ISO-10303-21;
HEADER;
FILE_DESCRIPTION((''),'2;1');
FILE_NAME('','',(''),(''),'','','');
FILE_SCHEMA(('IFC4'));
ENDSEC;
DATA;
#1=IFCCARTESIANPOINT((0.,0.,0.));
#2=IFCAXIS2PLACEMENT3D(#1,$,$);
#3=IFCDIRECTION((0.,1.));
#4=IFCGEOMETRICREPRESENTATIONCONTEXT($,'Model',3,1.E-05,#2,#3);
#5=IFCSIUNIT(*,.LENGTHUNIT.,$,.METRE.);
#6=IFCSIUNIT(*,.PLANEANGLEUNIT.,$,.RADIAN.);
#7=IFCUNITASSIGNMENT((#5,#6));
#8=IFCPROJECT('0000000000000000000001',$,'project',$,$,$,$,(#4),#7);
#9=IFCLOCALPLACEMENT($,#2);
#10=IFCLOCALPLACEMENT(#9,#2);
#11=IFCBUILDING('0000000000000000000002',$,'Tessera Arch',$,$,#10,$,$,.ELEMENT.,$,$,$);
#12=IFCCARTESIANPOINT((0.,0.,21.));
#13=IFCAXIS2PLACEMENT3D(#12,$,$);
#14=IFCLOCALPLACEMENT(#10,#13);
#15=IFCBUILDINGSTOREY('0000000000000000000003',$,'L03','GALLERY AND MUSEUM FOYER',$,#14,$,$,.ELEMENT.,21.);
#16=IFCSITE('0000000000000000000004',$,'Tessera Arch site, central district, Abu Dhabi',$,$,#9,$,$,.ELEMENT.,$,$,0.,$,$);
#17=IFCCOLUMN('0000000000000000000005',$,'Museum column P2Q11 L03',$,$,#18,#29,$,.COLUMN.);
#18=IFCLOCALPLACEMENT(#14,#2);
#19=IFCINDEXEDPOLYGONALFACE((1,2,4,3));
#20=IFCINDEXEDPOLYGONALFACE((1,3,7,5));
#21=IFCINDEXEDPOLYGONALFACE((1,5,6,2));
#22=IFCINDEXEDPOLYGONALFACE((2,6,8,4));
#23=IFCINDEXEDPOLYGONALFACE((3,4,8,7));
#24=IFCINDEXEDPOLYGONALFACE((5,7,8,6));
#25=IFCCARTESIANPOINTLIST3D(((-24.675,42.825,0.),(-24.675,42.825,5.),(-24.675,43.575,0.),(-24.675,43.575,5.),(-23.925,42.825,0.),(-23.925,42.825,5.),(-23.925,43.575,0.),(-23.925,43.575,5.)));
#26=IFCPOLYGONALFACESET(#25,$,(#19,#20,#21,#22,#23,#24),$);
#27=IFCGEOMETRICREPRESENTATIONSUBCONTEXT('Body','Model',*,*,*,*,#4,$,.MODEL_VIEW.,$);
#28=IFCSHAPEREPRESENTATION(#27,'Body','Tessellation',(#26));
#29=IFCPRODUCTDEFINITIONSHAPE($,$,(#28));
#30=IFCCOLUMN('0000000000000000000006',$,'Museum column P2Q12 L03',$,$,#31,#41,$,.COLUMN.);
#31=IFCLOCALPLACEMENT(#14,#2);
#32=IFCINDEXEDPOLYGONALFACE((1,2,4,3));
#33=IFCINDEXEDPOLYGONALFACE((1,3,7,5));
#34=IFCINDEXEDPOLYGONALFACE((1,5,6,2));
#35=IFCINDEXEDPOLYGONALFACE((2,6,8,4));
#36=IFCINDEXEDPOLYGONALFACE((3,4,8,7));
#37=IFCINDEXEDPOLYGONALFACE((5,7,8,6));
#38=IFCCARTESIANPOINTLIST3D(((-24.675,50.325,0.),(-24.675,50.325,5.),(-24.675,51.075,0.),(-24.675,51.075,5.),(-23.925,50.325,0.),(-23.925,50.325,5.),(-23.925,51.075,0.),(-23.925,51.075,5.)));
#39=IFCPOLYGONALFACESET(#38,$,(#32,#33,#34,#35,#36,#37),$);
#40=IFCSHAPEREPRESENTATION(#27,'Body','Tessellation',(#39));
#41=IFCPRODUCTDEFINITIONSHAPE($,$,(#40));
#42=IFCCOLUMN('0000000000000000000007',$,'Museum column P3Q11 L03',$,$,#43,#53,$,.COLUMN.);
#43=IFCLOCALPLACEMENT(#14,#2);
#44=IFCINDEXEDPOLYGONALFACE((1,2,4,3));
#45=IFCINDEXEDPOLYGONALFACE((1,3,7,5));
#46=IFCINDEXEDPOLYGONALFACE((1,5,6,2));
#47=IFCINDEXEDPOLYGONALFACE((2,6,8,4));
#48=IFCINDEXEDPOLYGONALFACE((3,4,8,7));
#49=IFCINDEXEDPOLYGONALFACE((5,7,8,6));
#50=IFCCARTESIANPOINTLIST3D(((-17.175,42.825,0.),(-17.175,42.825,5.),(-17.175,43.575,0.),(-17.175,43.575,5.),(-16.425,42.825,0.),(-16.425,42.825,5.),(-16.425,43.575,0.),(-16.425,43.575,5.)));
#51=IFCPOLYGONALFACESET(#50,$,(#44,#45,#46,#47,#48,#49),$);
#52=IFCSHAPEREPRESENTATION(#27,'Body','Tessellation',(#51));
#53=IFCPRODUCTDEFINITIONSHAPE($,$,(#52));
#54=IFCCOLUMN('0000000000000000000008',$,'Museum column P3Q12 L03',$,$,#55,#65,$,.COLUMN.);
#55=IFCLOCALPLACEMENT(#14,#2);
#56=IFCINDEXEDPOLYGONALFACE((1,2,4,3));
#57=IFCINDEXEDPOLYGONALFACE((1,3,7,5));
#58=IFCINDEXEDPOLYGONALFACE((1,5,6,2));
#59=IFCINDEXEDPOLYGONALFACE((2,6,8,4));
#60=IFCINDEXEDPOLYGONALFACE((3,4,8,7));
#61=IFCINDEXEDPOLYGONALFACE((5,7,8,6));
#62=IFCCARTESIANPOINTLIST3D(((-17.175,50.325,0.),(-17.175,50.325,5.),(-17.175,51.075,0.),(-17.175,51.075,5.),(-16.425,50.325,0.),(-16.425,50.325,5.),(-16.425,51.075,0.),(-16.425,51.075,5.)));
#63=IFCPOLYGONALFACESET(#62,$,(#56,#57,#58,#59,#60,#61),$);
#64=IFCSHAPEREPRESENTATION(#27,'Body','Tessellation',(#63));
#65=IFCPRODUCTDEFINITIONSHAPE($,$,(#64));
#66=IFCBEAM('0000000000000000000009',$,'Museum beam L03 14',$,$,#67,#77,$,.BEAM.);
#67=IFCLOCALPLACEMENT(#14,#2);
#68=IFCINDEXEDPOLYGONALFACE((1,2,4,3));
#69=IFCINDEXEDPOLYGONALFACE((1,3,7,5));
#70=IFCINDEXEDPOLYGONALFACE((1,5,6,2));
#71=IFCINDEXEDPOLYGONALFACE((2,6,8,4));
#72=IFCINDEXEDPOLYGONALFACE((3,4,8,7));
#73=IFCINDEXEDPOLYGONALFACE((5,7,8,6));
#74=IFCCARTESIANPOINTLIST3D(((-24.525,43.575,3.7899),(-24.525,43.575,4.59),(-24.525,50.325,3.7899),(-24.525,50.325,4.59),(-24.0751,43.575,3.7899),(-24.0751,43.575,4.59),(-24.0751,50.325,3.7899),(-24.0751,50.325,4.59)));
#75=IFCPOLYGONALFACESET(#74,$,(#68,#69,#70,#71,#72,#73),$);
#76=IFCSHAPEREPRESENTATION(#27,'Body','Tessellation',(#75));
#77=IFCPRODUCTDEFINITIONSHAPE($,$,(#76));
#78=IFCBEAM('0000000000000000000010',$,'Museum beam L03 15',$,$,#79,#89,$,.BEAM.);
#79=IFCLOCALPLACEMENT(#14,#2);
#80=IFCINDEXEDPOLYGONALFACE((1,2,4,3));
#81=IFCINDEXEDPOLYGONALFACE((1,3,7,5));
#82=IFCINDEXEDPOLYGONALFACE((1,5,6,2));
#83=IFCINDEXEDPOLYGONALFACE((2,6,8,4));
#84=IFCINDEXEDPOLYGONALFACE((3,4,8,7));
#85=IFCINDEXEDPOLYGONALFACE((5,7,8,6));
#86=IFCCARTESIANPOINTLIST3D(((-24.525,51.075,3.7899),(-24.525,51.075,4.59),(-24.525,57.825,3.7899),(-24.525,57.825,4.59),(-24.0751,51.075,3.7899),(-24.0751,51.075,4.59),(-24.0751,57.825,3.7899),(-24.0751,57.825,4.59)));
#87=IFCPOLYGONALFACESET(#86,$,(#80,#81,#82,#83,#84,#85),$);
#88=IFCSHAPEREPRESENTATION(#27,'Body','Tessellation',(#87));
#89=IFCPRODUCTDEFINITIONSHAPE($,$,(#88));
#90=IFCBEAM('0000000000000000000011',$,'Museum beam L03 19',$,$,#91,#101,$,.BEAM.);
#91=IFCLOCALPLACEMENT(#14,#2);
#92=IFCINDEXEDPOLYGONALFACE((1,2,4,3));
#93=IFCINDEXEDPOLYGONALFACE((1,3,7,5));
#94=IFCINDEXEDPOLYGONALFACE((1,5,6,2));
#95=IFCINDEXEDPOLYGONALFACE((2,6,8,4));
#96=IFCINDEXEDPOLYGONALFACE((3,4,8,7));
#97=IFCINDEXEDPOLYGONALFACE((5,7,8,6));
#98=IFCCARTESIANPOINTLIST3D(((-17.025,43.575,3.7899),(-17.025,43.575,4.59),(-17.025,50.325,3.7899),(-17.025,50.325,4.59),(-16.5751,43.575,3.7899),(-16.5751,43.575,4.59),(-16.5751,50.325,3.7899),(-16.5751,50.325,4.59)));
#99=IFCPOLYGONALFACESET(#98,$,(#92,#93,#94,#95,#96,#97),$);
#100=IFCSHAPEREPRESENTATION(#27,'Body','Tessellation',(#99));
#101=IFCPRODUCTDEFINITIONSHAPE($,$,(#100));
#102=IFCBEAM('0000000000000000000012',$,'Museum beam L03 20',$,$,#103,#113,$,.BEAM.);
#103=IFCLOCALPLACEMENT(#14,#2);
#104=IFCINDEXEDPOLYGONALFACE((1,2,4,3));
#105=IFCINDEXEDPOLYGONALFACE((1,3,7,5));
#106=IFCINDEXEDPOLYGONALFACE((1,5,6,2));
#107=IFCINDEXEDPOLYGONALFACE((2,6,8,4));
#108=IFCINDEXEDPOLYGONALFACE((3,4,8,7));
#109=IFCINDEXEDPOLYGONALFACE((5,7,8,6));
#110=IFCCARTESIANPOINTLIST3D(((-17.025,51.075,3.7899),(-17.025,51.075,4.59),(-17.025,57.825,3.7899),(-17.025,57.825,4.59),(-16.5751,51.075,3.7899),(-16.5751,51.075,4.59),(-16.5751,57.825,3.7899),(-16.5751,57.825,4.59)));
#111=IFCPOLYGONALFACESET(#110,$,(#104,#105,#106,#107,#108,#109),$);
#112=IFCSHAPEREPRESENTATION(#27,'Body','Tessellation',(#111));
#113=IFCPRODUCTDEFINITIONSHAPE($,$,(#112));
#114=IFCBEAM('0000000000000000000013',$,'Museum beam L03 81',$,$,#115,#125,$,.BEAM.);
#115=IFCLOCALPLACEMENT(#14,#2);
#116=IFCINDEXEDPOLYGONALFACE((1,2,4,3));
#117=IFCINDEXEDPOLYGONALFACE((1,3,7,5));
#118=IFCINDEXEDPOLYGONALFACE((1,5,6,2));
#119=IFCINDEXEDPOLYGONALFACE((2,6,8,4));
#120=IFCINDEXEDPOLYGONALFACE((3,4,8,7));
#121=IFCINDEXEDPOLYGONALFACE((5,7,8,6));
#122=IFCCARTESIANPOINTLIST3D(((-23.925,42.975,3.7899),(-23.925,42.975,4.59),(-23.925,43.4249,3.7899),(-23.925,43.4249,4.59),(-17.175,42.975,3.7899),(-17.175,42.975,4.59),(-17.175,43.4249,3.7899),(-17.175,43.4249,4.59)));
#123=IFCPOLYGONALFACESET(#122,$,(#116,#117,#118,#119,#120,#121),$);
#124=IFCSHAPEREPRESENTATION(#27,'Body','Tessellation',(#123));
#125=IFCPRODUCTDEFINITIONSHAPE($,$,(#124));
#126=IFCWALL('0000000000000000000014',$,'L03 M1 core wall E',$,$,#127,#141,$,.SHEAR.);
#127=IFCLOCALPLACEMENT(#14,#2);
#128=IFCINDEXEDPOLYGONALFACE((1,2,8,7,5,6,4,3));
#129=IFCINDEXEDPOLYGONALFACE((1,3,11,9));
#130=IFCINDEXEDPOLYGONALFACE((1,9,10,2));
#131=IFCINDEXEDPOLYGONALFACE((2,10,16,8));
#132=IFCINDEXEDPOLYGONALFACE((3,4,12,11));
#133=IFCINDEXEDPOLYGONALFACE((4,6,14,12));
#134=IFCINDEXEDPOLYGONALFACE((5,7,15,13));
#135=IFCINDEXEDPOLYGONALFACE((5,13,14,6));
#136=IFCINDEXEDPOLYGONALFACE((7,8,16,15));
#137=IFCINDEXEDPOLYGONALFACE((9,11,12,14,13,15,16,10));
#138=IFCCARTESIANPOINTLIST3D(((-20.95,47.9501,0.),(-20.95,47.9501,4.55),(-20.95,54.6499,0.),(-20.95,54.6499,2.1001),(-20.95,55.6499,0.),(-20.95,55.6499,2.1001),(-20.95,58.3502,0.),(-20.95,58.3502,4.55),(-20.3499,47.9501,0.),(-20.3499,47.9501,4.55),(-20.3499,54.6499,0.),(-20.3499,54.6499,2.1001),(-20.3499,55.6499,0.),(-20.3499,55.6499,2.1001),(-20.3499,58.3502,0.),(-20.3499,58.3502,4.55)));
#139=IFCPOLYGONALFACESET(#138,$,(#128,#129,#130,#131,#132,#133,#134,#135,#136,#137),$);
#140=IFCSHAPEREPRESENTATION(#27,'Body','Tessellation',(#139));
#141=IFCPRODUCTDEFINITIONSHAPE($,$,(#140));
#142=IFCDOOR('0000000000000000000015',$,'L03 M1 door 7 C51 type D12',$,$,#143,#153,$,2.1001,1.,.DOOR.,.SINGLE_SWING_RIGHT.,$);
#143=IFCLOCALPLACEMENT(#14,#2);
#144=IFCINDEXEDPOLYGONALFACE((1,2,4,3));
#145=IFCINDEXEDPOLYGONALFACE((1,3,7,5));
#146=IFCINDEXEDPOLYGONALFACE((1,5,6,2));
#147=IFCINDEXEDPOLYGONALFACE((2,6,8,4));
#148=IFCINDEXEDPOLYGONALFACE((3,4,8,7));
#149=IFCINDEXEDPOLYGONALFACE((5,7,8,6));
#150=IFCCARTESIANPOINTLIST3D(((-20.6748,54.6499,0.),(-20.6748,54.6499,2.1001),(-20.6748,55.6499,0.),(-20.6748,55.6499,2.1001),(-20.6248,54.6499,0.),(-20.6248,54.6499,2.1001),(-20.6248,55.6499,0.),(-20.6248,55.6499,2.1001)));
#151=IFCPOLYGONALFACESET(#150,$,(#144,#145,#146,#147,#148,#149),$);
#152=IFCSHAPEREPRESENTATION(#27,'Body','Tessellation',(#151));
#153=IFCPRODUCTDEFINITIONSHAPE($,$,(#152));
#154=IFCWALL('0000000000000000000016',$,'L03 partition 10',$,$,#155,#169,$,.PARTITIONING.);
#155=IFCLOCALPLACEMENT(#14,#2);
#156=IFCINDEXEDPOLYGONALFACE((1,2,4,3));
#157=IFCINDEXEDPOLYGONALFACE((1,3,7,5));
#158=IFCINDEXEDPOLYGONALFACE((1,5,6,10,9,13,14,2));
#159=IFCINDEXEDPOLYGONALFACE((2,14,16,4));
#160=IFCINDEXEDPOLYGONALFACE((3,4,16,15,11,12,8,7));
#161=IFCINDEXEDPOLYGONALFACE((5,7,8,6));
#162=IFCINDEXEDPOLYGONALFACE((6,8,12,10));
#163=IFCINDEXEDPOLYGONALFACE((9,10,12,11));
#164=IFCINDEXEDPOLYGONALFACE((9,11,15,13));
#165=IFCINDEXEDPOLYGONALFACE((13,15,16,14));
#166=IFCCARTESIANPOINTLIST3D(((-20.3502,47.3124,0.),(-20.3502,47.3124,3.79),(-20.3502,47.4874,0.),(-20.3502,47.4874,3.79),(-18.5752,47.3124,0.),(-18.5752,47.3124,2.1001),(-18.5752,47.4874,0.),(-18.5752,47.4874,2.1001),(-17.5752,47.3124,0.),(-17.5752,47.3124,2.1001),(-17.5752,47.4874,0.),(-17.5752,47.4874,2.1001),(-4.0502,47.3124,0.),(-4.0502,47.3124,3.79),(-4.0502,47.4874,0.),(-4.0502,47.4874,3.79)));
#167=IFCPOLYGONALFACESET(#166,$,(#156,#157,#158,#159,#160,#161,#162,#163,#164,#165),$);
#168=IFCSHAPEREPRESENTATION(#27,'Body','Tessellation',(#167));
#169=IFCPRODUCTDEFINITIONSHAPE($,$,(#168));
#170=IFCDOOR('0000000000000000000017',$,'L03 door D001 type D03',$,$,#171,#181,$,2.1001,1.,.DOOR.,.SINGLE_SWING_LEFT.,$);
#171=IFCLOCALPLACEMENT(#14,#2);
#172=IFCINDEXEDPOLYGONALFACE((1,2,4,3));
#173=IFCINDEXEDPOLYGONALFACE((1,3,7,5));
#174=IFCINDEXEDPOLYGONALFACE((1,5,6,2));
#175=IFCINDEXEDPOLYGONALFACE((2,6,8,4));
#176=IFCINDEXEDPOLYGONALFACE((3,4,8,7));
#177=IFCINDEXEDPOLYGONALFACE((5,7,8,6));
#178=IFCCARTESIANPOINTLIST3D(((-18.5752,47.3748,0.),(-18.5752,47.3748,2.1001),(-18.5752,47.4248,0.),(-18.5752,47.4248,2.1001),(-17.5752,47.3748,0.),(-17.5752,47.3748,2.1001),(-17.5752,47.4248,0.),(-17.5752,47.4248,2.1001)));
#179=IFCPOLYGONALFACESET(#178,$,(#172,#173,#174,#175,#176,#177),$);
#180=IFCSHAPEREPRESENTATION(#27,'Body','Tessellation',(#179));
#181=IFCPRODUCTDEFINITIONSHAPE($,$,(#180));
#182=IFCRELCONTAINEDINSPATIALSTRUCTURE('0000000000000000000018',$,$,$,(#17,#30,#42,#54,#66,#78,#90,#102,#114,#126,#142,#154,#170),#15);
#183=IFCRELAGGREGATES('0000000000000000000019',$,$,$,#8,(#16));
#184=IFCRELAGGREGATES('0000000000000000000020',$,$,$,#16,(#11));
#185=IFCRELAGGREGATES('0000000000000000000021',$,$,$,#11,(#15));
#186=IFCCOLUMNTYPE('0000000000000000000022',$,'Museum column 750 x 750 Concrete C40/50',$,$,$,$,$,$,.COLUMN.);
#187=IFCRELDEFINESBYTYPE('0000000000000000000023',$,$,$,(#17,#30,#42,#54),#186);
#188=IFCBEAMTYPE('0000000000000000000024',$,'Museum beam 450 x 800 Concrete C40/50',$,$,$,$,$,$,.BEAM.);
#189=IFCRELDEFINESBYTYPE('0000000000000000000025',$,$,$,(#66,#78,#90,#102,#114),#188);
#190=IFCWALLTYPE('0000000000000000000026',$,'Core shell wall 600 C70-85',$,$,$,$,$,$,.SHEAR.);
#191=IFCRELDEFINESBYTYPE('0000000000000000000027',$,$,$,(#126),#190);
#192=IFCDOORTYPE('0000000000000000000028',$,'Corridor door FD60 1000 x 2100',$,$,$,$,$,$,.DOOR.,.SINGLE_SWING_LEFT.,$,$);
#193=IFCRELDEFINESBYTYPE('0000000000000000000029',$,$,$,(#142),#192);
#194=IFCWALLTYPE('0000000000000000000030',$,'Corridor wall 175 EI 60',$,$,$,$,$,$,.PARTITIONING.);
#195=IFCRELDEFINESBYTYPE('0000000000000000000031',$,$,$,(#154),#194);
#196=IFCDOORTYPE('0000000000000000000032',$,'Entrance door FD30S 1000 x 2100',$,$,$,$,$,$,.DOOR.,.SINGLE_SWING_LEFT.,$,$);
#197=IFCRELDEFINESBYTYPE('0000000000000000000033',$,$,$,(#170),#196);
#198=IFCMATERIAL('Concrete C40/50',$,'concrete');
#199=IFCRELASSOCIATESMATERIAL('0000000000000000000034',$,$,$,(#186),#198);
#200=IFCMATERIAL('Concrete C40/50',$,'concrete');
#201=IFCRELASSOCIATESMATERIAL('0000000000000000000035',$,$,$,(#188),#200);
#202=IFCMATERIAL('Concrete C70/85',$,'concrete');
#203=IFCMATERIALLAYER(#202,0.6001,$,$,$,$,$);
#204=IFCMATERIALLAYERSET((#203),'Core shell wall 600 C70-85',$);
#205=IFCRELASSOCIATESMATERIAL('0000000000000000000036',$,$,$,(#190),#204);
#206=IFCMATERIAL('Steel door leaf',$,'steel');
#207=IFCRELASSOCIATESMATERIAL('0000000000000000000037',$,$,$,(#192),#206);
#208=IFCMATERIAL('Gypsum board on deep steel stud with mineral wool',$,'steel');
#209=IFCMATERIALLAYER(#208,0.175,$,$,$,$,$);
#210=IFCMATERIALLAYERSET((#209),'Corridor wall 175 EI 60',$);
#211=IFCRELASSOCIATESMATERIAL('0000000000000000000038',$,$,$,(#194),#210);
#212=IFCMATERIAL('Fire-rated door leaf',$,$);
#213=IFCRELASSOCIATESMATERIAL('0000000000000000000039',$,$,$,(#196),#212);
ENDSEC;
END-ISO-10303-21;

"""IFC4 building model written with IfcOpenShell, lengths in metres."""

from ifc_helpers import new_model, si_unit, direction, frame, frame_2d, origin, origin_2d, place, context, subcontext, project, spatial, rectangle, extrude, material, layer, layer_set, material_profile, profile_set, type_object, element, fill, save


model = new_model("IFC4")

# Units and contexts
model_context = context("Model", 3, precision=1e-05, world=origin(), true_north=direction((0.0, 1.0)))
body_context = subcontext(model_context, "Body", "Model", "MODEL_VIEW")
ifc_project = project(units=[si_unit("LENGTHUNIT", "METRE"), si_unit("PLANEANGLEUNIT", "RADIAN")], contexts=[model_context])

# Site, building, storey
site_placement = place(None, origin())
site = spatial("IfcSite", under=ifc_project, at=site_placement, Name="Tessera Arch site, central district, Abu Dhabi", CompositionType="ELEMENT", RefElevation=0.0)
building_placement = place(site_placement, origin())
building = spatial("IfcBuilding", under=site, at=building_placement, Name="Tessera Arch", CompositionType="ELEMENT")
storey_placement = place(building_placement, frame((0.0, 0.0, 21.0)))
storey = spatial("IfcBuildingStorey", under=building, at=storey_placement, Name="L03", Description="GALLERY AND MUSEUM FOYER", CompositionType="ELEMENT", Elevation=21.0)

# Columns
ifc_material_1 = material(Name="Concrete C40/50", Category="concrete")
ifc_material_profile_1 = material_profile(ifc_material_1, rectangle(XDim=0.75, YDim=0.75, at=origin_2d()), Name="Museum column 750 x 750 Concrete C40/50")
ifc_profile_set_1 = profile_set([ifc_material_profile_1], Name="Concrete C40/50")
column_type = type_object("IfcColumnType", Name="Museum column 750 x 750 Concrete C40/50", PredefinedType="COLUMN", material=ifc_profile_set_1)
for number, where, z_axis, x_axis, name in (
    (1, (-24.3, 43.2, 0.0), (0.0, 0.0, 1.0), (1.0, 0.0, 0.0), "Museum column P2Q11 L03"),
    (2, (-24.3, 50.7, 0.0), (0.0, 0.0, 1.0), (1.0, 0.0, 0.0), "Museum column P2Q12 L03"),
    (3, (-16.8, 43.2, 0.0), (0.0, 0.0, 1.0), (1.0, 0.0, 0.0), "Museum column P3Q11 L03"),
    (4, (-16.8, 50.7, 0.0), (0.0, 0.0, 1.0), (1.0, 0.0, 0.0), "Museum column P3Q12 L03"),
):
    element("IfcColumn", number, at=place(storey_placement, frame(where, z_axis=z_axis, x_axis=x_axis)), inside=storey, type_object=column_type, Name=name, PredefinedType="COLUMN", context=body_context, shape_type="SweptSolid", body=[
        extrude(rectangle(XDim=0.75, YDim=0.75, at=origin_2d()), origin(), (0.0, 0.0, 1.0), 5.0),
    ])

# Beams
ifc_material_2 = material(Name="Concrete C40/50", Category="concrete")
ifc_material_profile_2 = material_profile(ifc_material_2, rectangle(XDim=0.45, YDim=0.8, at=origin_2d()), Name="Museum beam 450 x 800 Concrete C40/50")
ifc_profile_set_2 = profile_set([ifc_material_profile_2], Name="Concrete C40/50")
beam_type = type_object("IfcBeamType", Name="Museum beam 450 x 800 Concrete C40/50", PredefinedType="BEAM", material=ifc_profile_set_2)
for number, where, z_axis, x_axis, name in (
    (5, (-24.3, 43.575, 4.1899), (0.0, 1.0, 0.0), (-1.0, 0.0, 0.0), "Museum beam L03 14"),
    (6, (-24.3, 51.075, 4.1899), (0.0, 1.0, 0.0), (-1.0, 0.0, 0.0), "Museum beam L03 15"),
    (7, (-16.8, 43.575, 4.1899), (0.0, 1.0, 0.0), (-1.0, 0.0, 0.0), "Museum beam L03 19"),
    (8, (-16.8, 51.075, 4.1899), (0.0, 1.0, 0.0), (-1.0, 0.0, 0.0), "Museum beam L03 20"),
    (9, (-23.925, 43.2, 4.1899), (1.0, 0.0, 0.0), (0.0, 1.0, 0.0), "Museum beam L03 81"),
):
    element("IfcBeam", number, at=place(storey_placement, frame(where, z_axis=z_axis, x_axis=x_axis)), inside=storey, type_object=beam_type, Name=name, PredefinedType="BEAM", context=body_context, shape_type="SweptSolid", body=[
        extrude(rectangle(XDim=0.45, YDim=0.8, at=origin_2d()), origin(), (0.0, 0.0, 1.0), 6.75),
    ])

# Walls, openings, doors
ifc_material_3 = material(Name="Concrete C70/85", Category="concrete")
ifc_layer_1 = layer(ifc_material_3, 0.6001)
ifc_layer_set_1 = layer_set([ifc_layer_1], Name="Core shell wall 600 C70-85")
wall_type_1 = type_object("IfcWallType", Name="Core shell wall 600 C70-85", PredefinedType="SHEAR", material=ifc_layer_set_1)
wall_1_placement = place(storey_placement, frame((-20.6499, 47.95, 0.0), z_axis=(0.0, 0.0, 1.0), x_axis=(0.0, 1.0, 0.0)))
wall_1 = element("IfcWall", 10, at=wall_1_placement, inside=storey, type_object=wall_type_1, Name="L03 M1 core wall E", PredefinedType="SHEAR", context=body_context, shape_type="SweptSolid", body=[
    extrude(rectangle(XDim=10.4001, YDim=0.6001, at=frame_2d((5.2002, 0.0))), origin(), (0.0, 0.0, 1.0), 4.55),
])
opening_1_placement = place(wall_1_placement, frame((6.7, 0.0, 0.0)))
opening_1 = element("IfcOpeningElement", 11, at=opening_1_placement, cuts=wall_1, PredefinedType="OPENING", context=body_context, shape_type="SweptSolid", body=[
    extrude(rectangle(XDim=1.0, YDim=2.1001, at=frame_2d((0.5, 1.05))), frame((0.0, 0.3101, 0.0), z_axis=(0.0, -1.0, 0.0), x_axis=(1.0, 0.0, 0.0)), (0.0, 0.0, 1.0), 0.6201),
])
ifc_material_4 = material(Name="Steel door leaf", Category="steel")
door_type_1 = type_object("IfcDoorType", Name="Corridor door FD60 1000 x 2100", OperationType="SINGLE_SWING_LEFT", PredefinedType="DOOR", material=ifc_material_4)
door_1_placement = place(opening_1_placement, origin())
door_1 = element("IfcDoor", 12, at=door_1_placement, inside=storey, type_object=door_type_1, Name="L03 M1 door 7 C51 type D12", OperationType="SINGLE_SWING_RIGHT", OverallHeight=2.1001, OverallWidth=1.0, PredefinedType="DOOR", context=body_context, shape_type="SweptSolid", body=[
    extrude(rectangle(XDim=1.0, YDim=2.1001, at=frame_2d((0.5, 1.05))), frame((0.0, 0.0249, 0.0), z_axis=(0.0, -1.0, 0.0), x_axis=(1.0, 0.0, 0.0)), (0.0, 0.0, 1.0), 0.05),
])
fill(opening_1, door_1)
ifc_material_5 = material(Name="Gypsum board on deep steel stud with mineral wool", Category="steel")
ifc_layer_2 = layer(ifc_material_5, 0.175)
ifc_layer_set_2 = layer_set([ifc_layer_2], Name="Corridor wall 175 EI 60")
wall_type_2 = type_object("IfcWallType", Name="Corridor wall 175 EI 60", PredefinedType="PARTITIONING", material=ifc_layer_set_2)
wall_2_placement = place(storey_placement, frame((-20.3501, 47.3999, 0.0), z_axis=(0.0, 0.0, 1.0), x_axis=(1.0, 0.0, 0.0)))
wall_2 = element("IfcWall", 13, at=wall_2_placement, inside=storey, type_object=wall_type_2, Name="L03 partition 10", PredefinedType="PARTITIONING", context=body_context, shape_type="SweptSolid", body=[
    extrude(rectangle(XDim=16.3, YDim=0.175, at=frame_2d((8.1499, 0.0))), origin(), (0.0, 0.0, 1.0), 3.79),
])
opening_2_placement = place(wall_2_placement, frame((1.7749, 0.0, 0.0)))
opening_2 = element("IfcOpeningElement", 14, at=opening_2_placement, cuts=wall_2, PredefinedType="OPENING", context=body_context, shape_type="SweptSolid", body=[
    extrude(rectangle(XDim=1.0, YDim=2.1001, at=frame_2d((0.5, 1.05))), frame((0.0, 0.0974, 0.0), z_axis=(0.0, -1.0, 0.0), x_axis=(1.0, 0.0, 0.0)), (0.0, 0.0, 1.0), 0.1951),
])
ifc_material_6 = material(Name="Fire-rated door leaf")
door_type_2 = type_object("IfcDoorType", Name="Entrance door FD30S 1000 x 2100", OperationType="SINGLE_SWING_LEFT", PredefinedType="DOOR", material=ifc_material_6)
door_2_placement = place(opening_2_placement, origin())
door_2 = element("IfcDoor", 15, at=door_2_placement, inside=storey, type_object=door_type_2, Name="L03 door D001 type D03", OperationType="SINGLE_SWING_LEFT", OverallHeight=2.1001, OverallWidth=1.0, PredefinedType="DOOR", context=body_context, shape_type="SweptSolid", body=[
    extrude(rectangle(XDim=1.0, YDim=2.1001, at=frame_2d((0.5, 1.05))), frame((0.0, 0.0249, 0.0), z_axis=(0.0, -1.0, 0.0), x_axis=(1.0, 0.0, 0.0)), (0.0, 0.0, 1.0), 0.05),
])
fill(opening_2, door_2)

save(model, "model.ifc")
